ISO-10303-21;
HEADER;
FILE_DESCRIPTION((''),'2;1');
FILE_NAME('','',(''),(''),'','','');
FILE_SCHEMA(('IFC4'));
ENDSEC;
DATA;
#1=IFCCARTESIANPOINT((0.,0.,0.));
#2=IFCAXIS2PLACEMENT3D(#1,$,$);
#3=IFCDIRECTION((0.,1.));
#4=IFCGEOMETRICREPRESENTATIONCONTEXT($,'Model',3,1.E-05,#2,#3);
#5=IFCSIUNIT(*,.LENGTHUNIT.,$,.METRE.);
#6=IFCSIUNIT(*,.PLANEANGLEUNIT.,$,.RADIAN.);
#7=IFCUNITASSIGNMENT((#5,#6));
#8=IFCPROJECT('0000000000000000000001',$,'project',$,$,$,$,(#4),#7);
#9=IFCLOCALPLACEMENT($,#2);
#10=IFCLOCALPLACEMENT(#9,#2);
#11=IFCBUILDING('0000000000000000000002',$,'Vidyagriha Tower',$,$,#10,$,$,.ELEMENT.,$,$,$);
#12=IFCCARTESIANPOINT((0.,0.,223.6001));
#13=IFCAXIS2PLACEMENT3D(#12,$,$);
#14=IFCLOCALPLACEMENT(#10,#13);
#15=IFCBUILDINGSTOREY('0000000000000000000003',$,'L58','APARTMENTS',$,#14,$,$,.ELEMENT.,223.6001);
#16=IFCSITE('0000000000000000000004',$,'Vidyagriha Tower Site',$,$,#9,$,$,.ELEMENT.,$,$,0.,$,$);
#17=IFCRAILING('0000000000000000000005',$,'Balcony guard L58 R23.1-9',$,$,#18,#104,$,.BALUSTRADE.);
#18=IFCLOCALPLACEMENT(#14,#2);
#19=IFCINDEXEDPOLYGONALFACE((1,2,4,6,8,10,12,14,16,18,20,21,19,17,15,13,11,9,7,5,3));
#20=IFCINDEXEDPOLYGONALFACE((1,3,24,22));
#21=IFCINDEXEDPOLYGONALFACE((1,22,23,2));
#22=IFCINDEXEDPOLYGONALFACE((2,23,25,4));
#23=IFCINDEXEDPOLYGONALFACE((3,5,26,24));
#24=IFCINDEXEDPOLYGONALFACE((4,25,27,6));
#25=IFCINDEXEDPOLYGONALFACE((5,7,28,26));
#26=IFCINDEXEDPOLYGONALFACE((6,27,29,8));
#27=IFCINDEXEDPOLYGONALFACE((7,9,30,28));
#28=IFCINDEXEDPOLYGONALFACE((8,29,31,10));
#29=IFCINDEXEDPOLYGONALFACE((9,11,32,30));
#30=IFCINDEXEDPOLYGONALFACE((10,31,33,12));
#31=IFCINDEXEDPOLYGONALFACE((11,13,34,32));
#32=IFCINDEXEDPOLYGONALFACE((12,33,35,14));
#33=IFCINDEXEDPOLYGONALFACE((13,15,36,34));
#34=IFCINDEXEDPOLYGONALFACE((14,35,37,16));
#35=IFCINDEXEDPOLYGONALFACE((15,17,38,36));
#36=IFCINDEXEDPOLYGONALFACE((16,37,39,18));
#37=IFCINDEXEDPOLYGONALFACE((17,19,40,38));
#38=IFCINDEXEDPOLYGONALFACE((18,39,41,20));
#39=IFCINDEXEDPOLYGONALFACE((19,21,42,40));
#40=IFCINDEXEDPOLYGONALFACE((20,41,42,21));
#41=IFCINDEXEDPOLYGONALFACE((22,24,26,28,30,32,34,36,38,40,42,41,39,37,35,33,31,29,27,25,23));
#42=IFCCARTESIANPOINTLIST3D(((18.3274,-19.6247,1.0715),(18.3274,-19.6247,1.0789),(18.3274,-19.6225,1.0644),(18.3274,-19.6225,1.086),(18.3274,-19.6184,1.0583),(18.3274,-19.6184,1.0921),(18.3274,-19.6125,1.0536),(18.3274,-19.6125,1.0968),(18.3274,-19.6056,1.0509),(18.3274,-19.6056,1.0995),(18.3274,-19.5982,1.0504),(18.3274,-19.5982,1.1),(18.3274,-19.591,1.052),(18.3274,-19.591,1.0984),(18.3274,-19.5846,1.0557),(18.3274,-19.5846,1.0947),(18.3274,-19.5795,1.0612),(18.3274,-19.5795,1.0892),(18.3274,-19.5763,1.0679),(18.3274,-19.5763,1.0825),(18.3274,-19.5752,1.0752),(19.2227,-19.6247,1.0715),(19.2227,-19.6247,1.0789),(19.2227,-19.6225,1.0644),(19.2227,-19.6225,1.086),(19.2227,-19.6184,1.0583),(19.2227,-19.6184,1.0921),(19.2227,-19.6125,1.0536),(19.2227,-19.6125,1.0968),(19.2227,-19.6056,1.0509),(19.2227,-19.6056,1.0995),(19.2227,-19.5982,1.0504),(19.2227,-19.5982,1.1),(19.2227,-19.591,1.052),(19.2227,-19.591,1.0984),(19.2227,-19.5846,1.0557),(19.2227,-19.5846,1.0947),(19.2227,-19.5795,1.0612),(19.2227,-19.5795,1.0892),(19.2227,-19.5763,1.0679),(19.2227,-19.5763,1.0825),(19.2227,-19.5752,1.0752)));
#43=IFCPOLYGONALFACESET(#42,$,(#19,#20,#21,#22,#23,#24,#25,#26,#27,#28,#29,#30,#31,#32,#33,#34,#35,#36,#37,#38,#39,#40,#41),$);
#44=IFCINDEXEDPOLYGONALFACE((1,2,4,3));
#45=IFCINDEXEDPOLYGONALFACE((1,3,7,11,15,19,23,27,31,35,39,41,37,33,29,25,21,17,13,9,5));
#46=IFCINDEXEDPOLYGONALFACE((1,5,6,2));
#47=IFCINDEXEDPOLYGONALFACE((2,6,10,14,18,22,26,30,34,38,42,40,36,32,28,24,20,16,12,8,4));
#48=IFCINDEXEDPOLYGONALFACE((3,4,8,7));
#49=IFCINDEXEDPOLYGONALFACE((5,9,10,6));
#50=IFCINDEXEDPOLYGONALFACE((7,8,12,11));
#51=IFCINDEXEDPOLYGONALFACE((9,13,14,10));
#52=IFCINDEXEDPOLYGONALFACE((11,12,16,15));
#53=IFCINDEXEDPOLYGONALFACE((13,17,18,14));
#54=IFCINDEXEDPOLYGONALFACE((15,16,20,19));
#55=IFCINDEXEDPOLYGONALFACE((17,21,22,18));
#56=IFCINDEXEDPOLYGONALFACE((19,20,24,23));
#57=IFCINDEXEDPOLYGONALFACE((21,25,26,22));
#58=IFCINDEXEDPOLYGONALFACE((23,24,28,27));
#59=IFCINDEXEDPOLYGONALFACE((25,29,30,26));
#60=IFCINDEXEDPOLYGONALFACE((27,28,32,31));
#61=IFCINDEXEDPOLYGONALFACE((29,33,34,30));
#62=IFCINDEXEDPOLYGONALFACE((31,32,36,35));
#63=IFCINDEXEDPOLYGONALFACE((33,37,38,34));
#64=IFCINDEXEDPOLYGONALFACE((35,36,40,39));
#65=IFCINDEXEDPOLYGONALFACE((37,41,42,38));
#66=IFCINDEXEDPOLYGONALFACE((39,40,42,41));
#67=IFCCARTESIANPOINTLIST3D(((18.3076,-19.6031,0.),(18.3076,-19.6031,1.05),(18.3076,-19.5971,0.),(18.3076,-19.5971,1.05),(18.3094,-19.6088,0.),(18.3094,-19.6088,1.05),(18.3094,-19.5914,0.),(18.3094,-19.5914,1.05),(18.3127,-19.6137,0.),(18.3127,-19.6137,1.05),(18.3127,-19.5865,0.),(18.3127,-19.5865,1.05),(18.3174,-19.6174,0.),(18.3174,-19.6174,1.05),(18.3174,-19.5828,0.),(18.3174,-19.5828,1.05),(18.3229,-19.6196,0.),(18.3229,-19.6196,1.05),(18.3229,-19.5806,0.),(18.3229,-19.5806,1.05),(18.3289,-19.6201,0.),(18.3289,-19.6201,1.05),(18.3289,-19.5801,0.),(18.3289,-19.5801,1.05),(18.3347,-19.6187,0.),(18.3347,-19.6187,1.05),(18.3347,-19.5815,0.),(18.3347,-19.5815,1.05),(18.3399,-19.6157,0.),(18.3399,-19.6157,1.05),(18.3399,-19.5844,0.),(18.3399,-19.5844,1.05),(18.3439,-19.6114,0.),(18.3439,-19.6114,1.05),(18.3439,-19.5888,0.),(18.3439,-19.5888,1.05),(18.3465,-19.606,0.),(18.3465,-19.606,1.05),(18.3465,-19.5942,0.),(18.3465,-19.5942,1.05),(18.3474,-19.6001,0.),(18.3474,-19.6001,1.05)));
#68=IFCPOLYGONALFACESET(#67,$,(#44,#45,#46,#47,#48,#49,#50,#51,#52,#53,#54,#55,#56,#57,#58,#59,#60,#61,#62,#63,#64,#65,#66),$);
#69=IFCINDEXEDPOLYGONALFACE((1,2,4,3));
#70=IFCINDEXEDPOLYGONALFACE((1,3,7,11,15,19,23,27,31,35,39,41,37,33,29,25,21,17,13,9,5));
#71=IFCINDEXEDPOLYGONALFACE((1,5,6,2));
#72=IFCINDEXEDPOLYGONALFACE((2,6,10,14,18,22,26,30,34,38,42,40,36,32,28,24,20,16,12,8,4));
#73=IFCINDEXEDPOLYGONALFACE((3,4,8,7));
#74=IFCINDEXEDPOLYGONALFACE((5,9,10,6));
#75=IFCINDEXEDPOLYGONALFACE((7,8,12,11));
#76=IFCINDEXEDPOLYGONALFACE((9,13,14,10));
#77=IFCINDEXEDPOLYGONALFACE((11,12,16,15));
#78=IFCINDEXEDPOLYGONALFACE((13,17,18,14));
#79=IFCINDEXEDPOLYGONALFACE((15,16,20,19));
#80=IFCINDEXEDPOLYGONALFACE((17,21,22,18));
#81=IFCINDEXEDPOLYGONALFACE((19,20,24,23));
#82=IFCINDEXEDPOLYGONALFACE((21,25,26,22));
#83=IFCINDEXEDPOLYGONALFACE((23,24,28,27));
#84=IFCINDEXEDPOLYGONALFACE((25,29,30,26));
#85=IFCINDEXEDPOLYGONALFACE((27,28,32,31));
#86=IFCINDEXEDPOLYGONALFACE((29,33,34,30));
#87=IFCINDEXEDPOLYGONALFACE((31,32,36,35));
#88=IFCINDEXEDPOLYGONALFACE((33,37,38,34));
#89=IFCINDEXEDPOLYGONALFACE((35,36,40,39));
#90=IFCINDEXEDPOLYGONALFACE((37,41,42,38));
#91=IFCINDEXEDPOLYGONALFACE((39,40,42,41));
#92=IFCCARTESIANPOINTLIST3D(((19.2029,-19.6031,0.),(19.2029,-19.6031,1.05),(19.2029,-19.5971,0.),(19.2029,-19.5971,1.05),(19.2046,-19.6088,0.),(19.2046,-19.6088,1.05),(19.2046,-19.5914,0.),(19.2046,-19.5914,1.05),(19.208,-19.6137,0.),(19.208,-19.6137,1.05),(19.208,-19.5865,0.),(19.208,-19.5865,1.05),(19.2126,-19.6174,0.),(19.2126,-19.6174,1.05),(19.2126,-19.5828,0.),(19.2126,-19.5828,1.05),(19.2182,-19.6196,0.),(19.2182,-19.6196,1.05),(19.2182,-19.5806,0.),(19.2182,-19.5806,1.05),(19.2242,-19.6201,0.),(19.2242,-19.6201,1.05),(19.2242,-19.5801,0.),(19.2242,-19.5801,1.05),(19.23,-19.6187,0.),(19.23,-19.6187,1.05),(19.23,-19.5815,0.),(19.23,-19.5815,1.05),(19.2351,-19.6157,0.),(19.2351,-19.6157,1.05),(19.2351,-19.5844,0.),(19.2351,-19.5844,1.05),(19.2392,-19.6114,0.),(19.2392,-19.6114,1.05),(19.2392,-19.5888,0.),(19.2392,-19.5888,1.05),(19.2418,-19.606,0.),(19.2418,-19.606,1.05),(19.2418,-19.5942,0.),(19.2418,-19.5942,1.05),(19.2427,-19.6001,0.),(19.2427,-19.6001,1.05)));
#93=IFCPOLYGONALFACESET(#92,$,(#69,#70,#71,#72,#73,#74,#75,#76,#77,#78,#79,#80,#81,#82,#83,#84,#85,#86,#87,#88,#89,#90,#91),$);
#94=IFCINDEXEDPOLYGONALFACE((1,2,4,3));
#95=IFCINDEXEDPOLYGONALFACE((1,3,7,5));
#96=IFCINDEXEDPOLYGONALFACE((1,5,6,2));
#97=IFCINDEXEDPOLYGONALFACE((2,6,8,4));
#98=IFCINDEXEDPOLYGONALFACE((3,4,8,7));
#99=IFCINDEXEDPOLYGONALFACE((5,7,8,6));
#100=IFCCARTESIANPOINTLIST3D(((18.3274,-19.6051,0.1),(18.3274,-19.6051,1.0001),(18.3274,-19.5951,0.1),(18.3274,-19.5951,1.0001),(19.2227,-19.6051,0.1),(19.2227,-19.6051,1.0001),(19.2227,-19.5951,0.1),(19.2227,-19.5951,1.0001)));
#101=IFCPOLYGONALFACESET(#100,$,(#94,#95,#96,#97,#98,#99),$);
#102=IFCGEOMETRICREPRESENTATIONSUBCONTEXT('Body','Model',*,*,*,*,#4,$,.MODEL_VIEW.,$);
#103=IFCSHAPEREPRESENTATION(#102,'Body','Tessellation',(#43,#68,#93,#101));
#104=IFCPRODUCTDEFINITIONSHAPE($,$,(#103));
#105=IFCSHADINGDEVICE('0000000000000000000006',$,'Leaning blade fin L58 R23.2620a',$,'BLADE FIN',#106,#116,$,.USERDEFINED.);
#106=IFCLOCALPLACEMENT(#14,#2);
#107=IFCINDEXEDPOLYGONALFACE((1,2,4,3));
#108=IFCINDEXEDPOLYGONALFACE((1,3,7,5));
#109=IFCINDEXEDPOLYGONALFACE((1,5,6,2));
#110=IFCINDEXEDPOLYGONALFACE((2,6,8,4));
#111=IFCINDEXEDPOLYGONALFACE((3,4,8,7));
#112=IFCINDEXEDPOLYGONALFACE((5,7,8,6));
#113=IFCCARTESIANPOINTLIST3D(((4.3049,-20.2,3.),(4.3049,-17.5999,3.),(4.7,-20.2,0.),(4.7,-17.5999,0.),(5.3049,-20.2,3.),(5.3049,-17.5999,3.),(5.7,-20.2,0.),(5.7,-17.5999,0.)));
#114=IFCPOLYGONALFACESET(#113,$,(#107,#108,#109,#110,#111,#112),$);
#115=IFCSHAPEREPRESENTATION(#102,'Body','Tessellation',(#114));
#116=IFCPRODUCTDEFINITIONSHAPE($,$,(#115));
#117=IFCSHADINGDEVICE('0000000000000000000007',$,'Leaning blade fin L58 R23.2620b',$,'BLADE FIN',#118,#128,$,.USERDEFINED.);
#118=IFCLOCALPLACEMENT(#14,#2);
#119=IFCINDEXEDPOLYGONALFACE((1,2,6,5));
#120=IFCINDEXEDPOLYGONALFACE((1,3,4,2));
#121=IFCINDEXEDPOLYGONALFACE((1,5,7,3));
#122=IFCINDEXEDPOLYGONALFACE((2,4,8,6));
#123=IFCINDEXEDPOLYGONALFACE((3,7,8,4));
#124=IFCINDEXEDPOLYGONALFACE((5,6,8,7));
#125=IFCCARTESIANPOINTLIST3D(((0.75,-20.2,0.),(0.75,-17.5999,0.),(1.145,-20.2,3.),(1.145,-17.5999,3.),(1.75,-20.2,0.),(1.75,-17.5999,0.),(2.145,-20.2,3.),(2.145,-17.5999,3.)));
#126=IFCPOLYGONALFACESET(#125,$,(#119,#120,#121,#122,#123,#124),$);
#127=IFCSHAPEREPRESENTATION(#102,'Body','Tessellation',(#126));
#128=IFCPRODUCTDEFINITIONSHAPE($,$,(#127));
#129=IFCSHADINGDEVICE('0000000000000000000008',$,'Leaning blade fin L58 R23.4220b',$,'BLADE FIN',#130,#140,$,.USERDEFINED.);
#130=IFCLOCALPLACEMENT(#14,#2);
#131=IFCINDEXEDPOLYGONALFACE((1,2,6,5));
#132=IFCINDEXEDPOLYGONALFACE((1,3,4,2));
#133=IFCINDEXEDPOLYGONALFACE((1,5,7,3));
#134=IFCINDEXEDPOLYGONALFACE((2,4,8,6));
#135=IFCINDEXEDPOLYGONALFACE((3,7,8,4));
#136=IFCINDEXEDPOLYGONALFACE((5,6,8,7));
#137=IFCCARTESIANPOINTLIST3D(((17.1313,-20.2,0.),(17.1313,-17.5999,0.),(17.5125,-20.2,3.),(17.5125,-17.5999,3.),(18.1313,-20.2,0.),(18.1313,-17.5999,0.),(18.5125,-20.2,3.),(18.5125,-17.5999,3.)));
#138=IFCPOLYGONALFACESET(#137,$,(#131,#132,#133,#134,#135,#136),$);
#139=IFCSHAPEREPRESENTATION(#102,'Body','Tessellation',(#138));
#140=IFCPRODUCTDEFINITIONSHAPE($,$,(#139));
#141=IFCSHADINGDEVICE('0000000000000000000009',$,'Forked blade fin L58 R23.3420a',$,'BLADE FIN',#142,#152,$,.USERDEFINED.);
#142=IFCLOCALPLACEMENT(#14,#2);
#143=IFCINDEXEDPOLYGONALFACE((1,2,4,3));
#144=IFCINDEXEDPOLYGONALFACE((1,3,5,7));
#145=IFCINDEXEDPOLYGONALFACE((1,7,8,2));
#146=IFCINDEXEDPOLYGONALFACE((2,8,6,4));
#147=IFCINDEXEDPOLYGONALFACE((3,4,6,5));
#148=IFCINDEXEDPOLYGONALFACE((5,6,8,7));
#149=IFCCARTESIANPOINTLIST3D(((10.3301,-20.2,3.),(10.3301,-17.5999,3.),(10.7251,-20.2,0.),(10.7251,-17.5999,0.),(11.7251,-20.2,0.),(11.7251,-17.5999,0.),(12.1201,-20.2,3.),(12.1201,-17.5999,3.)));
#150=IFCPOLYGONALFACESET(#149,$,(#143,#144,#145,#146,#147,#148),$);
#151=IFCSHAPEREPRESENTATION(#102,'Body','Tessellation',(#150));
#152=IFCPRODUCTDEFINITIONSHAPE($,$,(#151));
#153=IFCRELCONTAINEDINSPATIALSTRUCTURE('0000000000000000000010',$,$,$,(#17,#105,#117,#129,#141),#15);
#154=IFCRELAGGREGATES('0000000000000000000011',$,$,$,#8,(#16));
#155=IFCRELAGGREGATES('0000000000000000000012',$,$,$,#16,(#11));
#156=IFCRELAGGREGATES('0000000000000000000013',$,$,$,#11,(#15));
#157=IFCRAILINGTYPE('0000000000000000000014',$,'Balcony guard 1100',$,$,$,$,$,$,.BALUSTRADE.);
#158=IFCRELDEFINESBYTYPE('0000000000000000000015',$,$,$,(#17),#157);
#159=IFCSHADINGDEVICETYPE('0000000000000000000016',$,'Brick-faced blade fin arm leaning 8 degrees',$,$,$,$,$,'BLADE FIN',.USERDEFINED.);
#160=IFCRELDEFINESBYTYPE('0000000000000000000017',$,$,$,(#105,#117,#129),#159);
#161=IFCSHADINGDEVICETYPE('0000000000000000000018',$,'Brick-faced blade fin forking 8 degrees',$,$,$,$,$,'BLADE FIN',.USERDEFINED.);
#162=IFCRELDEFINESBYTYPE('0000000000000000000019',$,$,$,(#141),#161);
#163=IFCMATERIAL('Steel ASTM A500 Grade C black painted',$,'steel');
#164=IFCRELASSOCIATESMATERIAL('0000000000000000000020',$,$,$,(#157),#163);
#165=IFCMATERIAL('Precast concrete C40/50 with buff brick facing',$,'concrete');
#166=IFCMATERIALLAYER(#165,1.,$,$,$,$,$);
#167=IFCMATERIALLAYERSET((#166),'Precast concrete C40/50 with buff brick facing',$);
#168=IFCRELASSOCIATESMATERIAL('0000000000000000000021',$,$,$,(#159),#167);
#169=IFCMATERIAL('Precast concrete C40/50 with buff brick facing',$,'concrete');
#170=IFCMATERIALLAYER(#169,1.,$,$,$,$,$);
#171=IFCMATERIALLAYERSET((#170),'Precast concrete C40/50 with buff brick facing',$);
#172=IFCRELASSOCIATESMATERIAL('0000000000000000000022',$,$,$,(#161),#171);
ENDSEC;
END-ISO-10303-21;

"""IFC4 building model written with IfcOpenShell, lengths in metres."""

from ifc_helpers import new_model, si_unit, direction, frame, origin, origin_2d, place, context, subcontext, project, spatial, polyline, rectangle, circle, outline, extrude, material, layer, layer_set, type_object, element, save


model = new_model("IFC4")

# Units and contexts
model_context = context("Model", 3, precision=1e-05, world=origin(), true_north=direction((0.0, 1.0)))
body_context = subcontext(model_context, "Body", "Model", "MODEL_VIEW")
ifc_project = project(units=[si_unit("LENGTHUNIT", "METRE"), si_unit("PLANEANGLEUNIT", "RADIAN")], contexts=[model_context])

# Site, building, storey
site_placement = place(None, origin())
site = spatial("IfcSite", under=ifc_project, at=site_placement, Name="Vidyagriha Tower Site", CompositionType="ELEMENT", RefElevation=0.0)
building_placement = place(site_placement, origin())
building = spatial("IfcBuilding", under=site, at=building_placement, Name="Vidyagriha Tower", CompositionType="ELEMENT")
storey_placement = place(building_placement, frame((0.0, 0.0, 223.6001)))
storey = spatial("IfcBuildingStorey", under=building, at=storey_placement, Name="L58", Description="APARTMENTS", CompositionType="ELEMENT", Elevation=223.6001)

# Railing
ifc_material_1 = material(Name="Steel ASTM A500 Grade C black painted", Category="steel")
railing_type = type_object("IfcRailingType", Name="Balcony guard 1100", PredefinedType="BALUSTRADE", material=ifc_material_1)
railing_1_placement = place(storey_placement, frame((18.3274, -19.6001, 0.0)))
element("IfcRailing", 1, at=railing_1_placement, inside=storey, type_object=railing_type, Name="Balcony guard L58 R23.1-9", PredefinedType="BALUSTRADE", context=body_context, shape_type="SweptSolid", body=[
    extrude(circle(Radius=0.0249, at=origin_2d()), frame((0.0, 0.0, 1.0752), z_axis=(1.0, 0.0, 0.0), x_axis=(0.0, 1.0, 0.0)), (0.0, 0.0, 1.0), 0.8953),
    extrude(circle(Radius=0.02, at=origin_2d()), origin(), (0.0, 0.0, 1.0), 1.05),
    extrude(circle(Radius=0.02, at=origin_2d()), frame((0.8953, 0.0, 0.0)), (0.0, 0.0, 1.0), 1.05),
    extrude(rectangle(XDim=0.01, YDim=0.9001, at=origin_2d()), frame((0.0, 0.0, 0.55), z_axis=(1.0, 0.0, 0.0), x_axis=(0.0, 1.0, 0.0)), (0.0, 0.0, 1.0), 0.8953),
])

# Shading devices
ifc_material_2 = material(Name="Precast concrete C40/50 with buff brick facing", Category="concrete")
ifc_layer_1 = layer(ifc_material_2, 1.0)
ifc_layer_set_1 = layer_set([ifc_layer_1], Name="Precast concrete C40/50 with buff brick facing")
shading_device_type_1 = type_object("IfcShadingDeviceType", Name="Brick-faced blade fin arm leaning 8 degrees", ElementType="BLADE FIN", PredefinedType="USERDEFINED", material=ifc_layer_set_1)
shading_device_1_placement = place(storey_placement, frame((4.3049, -18.8999, 0.0)))
element("IfcShadingDevice", 2, at=shading_device_1_placement, inside=storey, type_object=shading_device_type_1, Name="Leaning blade fin L58 R23.2620a", ObjectType="BLADE FIN", PredefinedType="USERDEFINED", context=body_context, shape_type="SweptSolid", body=[
    extrude(outline(polyline([(0.395, 0.0), (1.395, 0.0), (1.0, 3.0), (0.0, 3.0), (0.395, 0.0)])), frame((0.0, 1.3, 0.0), z_axis=(0.0, -1.0, 0.0), x_axis=(1.0, 0.0, 0.0)), (0.0, 0.0, 1.0), 2.6001),
])
shading_device_2_placement = place(storey_placement, frame((0.75, -18.8999, 0.0)))
element("IfcShadingDevice", 3, at=shading_device_2_placement, inside=storey, type_object=shading_device_type_1, Name="Leaning blade fin L58 R23.2620b", ObjectType="BLADE FIN", PredefinedType="USERDEFINED", context=body_context, shape_type="SweptSolid", body=[
    extrude(outline(polyline([(0.0, 0.0), (1.0, 0.0), (1.395, 3.0), (0.395, 3.0), (0.0, 0.0)])), frame((0.0, 1.3, 0.0), z_axis=(0.0, -1.0, 0.0), x_axis=(1.0, 0.0, 0.0)), (0.0, 0.0, 1.0), 2.6001),
])
shading_device_3_placement = place(storey_placement, frame((17.1313, -18.8999, 0.0)))
element("IfcShadingDevice", 4, at=shading_device_3_placement, inside=storey, type_object=shading_device_type_1, Name="Leaning blade fin L58 R23.4220b", ObjectType="BLADE FIN", PredefinedType="USERDEFINED", context=body_context, shape_type="SweptSolid", body=[
    extrude(outline(polyline([(0.0, 0.0), (1.0, 0.0), (1.3811, 3.0), (0.3811, 3.0), (0.0, 0.0)])), frame((0.0, 1.3, 0.0), z_axis=(0.0, -1.0, 0.0), x_axis=(1.0, 0.0, 0.0)), (0.0, 0.0, 1.0), 2.6001),
])
ifc_material_3 = material(Name="Precast concrete C40/50 with buff brick facing", Category="concrete")
ifc_layer_2 = layer(ifc_material_3, 1.0)
ifc_layer_set_2 = layer_set([ifc_layer_2], Name="Precast concrete C40/50 with buff brick facing")
shading_device_type_2 = type_object("IfcShadingDeviceType", Name="Brick-faced blade fin forking 8 degrees", ElementType="BLADE FIN", PredefinedType="USERDEFINED", material=ifc_layer_set_2)
shading_device_4_placement = place(storey_placement, frame((10.3301, -18.8999, 0.0)))
element("IfcShadingDevice", 5, at=shading_device_4_placement, inside=storey, type_object=shading_device_type_2, Name="Forked blade fin L58 R23.3420a", ObjectType="BLADE FIN", PredefinedType="USERDEFINED", context=body_context, shape_type="SweptSolid", body=[
    extrude(outline(polyline([(0.395, 0.0), (1.395, 0.0), (1.79, 3.0), (0.0, 3.0), (0.395, 0.0)])), frame((0.0, 1.3, 0.0), z_axis=(0.0, -1.0, 0.0), x_axis=(1.0, 0.0, 0.0)), (0.0, 0.0, 1.0), 2.6001),
])

save(model, "model.ifc")
